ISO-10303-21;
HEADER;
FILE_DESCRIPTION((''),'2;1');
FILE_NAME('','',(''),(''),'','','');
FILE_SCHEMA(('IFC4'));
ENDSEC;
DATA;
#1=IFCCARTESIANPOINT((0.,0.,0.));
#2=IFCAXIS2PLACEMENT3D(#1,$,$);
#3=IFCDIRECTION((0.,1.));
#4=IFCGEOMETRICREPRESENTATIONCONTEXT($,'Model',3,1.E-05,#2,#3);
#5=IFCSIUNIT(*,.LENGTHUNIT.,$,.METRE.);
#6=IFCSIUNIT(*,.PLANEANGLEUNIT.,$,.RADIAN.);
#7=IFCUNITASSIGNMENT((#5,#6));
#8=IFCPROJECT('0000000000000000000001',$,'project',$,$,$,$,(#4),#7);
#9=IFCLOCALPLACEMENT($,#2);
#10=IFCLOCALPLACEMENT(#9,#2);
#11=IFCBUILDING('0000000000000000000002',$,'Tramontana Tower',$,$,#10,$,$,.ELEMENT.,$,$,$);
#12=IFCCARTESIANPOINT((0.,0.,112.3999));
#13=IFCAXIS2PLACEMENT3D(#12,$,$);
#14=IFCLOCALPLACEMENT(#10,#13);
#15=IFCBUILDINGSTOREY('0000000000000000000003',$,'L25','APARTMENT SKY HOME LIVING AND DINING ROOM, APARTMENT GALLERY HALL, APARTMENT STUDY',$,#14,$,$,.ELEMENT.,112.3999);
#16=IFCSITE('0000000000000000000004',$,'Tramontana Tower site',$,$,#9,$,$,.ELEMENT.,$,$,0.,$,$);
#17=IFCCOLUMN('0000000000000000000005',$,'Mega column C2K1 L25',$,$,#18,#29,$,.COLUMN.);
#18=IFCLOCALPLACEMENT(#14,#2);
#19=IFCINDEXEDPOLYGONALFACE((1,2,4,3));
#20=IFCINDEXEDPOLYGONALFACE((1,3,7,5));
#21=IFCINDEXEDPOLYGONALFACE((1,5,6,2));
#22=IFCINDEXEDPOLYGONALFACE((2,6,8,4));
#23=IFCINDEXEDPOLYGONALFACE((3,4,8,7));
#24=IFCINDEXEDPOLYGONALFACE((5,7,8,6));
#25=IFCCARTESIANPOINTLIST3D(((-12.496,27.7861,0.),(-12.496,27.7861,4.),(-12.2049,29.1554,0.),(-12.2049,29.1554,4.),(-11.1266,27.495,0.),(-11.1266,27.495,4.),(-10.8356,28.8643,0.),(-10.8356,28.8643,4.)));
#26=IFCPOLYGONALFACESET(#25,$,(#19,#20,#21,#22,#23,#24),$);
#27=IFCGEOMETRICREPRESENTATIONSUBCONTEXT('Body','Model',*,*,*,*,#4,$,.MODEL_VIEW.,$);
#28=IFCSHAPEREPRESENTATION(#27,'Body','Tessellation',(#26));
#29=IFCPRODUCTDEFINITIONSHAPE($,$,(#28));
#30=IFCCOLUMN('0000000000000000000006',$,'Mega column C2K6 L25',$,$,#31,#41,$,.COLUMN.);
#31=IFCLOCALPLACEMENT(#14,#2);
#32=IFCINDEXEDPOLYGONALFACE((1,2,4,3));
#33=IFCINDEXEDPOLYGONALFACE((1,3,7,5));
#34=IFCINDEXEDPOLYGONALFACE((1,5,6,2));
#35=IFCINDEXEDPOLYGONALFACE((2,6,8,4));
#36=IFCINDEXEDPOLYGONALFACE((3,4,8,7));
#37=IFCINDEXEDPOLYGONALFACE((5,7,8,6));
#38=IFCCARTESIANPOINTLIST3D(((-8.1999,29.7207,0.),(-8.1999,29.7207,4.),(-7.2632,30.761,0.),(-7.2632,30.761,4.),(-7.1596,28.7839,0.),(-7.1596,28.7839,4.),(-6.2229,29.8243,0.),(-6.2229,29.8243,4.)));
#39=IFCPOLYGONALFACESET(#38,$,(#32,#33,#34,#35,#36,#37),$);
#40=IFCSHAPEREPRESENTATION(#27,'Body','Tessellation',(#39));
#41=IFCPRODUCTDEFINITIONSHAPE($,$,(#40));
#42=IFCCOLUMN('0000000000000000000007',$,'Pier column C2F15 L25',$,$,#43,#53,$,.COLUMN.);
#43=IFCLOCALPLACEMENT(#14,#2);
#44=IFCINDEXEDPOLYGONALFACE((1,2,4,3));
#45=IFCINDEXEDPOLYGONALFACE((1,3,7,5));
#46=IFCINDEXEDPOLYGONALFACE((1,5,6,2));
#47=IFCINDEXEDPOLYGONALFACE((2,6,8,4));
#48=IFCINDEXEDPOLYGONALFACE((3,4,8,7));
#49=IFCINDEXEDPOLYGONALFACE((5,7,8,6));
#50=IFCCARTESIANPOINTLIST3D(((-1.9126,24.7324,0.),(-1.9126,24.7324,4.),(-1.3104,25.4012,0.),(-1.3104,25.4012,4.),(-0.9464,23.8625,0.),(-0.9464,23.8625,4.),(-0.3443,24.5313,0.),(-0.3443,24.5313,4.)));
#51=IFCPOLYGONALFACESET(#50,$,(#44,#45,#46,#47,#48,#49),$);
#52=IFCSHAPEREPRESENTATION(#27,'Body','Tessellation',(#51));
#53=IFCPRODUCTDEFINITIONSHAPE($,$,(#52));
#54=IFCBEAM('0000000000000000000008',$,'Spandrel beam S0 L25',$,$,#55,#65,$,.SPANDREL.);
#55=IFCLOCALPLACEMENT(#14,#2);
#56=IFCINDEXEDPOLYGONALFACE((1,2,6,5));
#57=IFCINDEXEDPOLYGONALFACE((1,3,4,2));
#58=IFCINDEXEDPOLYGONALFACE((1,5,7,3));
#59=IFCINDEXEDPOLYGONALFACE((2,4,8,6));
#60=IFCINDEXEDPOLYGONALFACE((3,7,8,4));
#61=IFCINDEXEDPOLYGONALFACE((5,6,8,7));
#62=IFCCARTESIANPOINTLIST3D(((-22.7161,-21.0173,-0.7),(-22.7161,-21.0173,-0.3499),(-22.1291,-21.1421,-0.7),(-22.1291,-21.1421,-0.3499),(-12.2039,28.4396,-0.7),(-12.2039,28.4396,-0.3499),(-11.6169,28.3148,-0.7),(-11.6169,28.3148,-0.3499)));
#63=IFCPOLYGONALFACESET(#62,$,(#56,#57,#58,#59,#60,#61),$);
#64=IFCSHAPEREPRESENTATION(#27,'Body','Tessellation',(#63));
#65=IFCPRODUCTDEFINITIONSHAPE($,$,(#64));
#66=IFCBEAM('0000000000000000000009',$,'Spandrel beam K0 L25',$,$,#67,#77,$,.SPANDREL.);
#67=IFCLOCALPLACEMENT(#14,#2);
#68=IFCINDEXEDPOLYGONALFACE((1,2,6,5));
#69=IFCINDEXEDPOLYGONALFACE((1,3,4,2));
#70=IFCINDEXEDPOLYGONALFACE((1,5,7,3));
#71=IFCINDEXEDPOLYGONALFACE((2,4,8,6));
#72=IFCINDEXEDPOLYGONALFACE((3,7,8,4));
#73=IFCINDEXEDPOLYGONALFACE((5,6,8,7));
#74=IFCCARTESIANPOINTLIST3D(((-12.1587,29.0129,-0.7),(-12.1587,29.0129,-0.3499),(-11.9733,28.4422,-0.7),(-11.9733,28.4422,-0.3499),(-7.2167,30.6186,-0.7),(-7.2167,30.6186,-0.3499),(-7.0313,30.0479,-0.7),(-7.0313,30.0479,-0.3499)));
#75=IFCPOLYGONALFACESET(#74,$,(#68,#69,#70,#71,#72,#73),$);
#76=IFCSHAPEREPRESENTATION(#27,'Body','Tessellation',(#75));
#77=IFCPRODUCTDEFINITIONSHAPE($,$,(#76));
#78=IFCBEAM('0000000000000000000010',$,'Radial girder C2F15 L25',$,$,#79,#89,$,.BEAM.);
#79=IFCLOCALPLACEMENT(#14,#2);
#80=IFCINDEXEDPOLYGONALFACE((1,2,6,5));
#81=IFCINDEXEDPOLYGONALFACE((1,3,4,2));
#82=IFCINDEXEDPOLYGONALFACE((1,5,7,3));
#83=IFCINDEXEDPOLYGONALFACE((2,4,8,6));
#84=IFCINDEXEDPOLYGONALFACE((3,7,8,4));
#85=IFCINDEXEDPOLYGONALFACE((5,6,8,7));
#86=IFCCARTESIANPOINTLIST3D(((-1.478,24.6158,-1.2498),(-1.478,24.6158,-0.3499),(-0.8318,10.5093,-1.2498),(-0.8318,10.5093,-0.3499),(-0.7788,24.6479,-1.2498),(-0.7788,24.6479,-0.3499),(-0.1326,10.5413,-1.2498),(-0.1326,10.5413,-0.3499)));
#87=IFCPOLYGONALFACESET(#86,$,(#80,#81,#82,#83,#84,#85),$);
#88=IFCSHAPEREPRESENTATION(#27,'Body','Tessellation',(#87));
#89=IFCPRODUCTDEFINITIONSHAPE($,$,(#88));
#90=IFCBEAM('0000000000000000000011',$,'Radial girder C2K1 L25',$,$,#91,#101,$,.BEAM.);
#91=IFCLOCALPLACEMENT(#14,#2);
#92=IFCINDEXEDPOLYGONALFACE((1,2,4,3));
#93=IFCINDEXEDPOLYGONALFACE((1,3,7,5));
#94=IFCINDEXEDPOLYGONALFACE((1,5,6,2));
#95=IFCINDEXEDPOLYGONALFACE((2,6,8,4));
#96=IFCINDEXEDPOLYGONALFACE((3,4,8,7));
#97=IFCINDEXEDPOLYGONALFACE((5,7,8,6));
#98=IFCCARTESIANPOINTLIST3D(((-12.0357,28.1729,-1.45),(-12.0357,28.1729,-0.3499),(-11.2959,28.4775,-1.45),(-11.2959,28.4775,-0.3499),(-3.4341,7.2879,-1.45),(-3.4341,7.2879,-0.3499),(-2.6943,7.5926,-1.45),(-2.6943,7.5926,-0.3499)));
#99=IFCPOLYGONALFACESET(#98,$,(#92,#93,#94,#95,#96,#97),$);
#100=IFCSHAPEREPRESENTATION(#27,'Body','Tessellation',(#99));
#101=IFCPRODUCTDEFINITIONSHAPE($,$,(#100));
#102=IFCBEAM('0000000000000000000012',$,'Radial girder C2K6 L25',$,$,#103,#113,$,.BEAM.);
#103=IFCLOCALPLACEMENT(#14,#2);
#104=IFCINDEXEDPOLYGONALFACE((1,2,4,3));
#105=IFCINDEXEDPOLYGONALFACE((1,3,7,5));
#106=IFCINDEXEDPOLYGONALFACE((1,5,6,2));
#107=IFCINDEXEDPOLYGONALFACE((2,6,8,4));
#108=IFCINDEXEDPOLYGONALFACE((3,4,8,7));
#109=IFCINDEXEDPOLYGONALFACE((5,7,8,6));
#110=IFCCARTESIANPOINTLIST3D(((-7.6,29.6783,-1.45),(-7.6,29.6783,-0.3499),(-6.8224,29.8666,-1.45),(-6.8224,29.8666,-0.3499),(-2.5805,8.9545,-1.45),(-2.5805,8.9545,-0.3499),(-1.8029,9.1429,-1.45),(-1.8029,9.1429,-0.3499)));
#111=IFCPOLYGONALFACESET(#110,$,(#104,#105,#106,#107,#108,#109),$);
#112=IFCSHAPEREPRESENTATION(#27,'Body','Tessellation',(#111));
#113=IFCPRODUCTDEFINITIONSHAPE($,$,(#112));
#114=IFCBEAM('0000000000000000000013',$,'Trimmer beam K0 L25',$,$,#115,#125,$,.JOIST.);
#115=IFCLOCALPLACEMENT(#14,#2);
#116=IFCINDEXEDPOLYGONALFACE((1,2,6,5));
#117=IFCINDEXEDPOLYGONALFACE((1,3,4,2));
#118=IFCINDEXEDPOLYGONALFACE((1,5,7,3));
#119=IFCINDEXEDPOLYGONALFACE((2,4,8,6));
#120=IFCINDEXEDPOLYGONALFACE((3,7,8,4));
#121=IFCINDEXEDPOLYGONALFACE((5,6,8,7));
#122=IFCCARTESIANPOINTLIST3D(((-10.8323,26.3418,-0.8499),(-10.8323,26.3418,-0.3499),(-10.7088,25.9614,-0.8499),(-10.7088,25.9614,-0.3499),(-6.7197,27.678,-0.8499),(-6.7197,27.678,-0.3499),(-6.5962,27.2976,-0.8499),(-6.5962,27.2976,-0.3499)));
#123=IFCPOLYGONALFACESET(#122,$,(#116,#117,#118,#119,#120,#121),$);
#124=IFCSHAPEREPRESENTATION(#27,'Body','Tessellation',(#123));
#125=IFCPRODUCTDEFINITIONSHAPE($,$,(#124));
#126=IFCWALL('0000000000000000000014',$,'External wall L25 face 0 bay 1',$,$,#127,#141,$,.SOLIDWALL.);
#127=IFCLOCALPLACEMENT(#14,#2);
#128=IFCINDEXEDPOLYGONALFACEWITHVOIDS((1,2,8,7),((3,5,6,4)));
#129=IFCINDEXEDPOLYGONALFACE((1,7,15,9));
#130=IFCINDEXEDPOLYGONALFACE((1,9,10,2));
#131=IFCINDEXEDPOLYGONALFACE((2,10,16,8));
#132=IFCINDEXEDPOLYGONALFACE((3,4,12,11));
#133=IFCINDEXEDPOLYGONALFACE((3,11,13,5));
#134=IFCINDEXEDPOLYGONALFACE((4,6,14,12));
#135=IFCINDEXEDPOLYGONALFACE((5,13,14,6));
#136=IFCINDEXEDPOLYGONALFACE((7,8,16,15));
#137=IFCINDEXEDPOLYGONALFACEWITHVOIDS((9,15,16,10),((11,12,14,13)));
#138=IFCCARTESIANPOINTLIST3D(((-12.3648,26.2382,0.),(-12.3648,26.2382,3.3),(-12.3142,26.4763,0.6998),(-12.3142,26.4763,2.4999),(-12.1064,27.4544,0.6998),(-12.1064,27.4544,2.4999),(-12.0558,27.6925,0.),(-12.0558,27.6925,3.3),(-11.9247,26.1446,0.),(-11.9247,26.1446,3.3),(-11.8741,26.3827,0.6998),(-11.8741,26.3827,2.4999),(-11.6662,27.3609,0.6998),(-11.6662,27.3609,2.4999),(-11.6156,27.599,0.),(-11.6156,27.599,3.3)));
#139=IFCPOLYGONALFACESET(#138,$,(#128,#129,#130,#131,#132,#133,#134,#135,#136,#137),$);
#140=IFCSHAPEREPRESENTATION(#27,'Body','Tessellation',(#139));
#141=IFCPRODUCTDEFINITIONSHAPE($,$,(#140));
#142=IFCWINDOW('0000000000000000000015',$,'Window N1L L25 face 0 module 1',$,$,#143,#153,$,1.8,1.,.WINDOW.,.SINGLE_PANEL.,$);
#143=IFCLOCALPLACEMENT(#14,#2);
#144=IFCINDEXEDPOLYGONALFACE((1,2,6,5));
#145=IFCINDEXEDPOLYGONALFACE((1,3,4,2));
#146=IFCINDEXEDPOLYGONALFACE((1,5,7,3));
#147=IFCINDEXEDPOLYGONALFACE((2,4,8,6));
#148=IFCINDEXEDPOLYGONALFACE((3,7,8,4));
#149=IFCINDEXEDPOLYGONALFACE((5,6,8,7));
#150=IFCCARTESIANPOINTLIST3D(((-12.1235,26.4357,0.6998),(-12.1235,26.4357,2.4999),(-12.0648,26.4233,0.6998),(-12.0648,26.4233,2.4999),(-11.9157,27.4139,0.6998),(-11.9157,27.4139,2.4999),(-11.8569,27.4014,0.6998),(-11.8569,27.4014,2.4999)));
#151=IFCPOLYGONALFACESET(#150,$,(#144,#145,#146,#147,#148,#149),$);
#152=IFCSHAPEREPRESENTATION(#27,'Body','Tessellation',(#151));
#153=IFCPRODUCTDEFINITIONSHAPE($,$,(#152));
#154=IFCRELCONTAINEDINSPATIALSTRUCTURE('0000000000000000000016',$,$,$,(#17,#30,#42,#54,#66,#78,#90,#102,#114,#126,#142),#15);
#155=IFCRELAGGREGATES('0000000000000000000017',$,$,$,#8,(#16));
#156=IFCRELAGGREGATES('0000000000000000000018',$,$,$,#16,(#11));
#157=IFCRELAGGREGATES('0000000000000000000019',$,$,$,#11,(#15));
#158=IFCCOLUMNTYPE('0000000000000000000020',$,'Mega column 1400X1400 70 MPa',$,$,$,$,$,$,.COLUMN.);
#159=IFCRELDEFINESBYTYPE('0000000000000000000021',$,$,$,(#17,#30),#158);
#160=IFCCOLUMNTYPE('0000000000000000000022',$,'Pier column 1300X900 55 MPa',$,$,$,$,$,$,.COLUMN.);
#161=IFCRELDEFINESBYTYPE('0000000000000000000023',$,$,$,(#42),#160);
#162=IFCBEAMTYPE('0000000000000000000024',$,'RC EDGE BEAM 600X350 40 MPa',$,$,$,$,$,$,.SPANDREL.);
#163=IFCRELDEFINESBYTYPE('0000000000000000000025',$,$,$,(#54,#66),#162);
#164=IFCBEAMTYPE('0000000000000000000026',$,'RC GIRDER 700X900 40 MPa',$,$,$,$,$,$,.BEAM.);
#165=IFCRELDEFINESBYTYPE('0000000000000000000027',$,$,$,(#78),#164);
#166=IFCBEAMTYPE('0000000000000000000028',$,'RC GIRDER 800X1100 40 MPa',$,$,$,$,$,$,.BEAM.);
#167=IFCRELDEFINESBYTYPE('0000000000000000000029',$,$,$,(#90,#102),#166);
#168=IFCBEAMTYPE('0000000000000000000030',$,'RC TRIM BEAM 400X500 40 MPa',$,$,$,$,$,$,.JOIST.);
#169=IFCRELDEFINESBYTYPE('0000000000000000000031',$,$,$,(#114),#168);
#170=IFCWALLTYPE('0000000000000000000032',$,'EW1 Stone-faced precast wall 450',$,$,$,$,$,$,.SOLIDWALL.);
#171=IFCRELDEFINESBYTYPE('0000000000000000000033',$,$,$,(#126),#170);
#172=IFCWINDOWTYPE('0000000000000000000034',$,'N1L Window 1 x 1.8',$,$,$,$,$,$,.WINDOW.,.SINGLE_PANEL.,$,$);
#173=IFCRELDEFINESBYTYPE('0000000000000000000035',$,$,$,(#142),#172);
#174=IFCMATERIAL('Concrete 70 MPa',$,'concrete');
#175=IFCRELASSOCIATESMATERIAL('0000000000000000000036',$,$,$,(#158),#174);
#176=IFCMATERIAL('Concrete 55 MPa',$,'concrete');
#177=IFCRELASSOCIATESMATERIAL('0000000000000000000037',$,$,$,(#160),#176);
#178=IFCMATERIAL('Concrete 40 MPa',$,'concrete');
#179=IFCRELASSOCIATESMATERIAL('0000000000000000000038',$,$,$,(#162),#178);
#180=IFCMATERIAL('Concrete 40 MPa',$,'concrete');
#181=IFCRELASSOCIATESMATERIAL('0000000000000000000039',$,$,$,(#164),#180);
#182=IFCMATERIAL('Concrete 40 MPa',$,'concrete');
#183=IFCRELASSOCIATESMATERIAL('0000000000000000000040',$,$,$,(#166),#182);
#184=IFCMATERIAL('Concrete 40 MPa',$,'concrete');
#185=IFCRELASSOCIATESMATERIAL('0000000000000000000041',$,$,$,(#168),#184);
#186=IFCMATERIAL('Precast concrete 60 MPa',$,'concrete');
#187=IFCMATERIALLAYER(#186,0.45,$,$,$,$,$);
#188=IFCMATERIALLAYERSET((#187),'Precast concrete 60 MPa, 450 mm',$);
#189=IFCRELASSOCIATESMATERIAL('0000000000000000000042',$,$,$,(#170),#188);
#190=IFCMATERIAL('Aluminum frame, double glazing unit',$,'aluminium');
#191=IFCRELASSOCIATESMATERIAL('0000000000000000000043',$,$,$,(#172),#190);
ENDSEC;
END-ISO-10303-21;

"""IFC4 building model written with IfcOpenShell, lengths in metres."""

from ifc_helpers import new_model, si_unit, direction, frame, frame_2d, origin, origin_2d, place, context, subcontext, project, spatial, rectangle, extrude, material, layer, layer_set, material_profile, profile_set, type_object, element, fill, save


model = new_model("IFC4")

# Units and contexts
model_context = context("Model", 3, precision=1e-05, world=origin(), true_north=direction((0.0, 1.0)))
body_context = subcontext(model_context, "Body", "Model", "MODEL_VIEW")
ifc_project = project(units=[si_unit("LENGTHUNIT", "METRE"), si_unit("PLANEANGLEUNIT", "RADIAN")], contexts=[model_context])

# Site, building, storey
site_placement = place(None, origin())
site = spatial("IfcSite", under=ifc_project, at=site_placement, Name="Tramontana Tower site", CompositionType="ELEMENT", RefElevation=0.0)
building_placement = place(site_placement, origin())
building = spatial("IfcBuilding", under=site, at=building_placement, Name="Tramontana Tower", CompositionType="ELEMENT")
storey_placement = place(building_placement, frame((0.0, 0.0, 112.3999)))
storey = spatial("IfcBuildingStorey", under=building, at=storey_placement, Name="L25", Description="APARTMENT SKY HOME LIVING AND DINING ROOM, APARTMENT GALLERY HALL, APARTMENT STUDY", CompositionType="ELEMENT", Elevation=112.3999)

# Columns
ifc_material_1 = material(Name="Concrete 70 MPa", Category="concrete")
ifc_material_profile_1 = material_profile(ifc_material_1, rectangle(XDim=1.3999, YDim=1.3999, at=origin_2d()), Name="Mega column 1400X1400 70 MPa")
ifc_profile_set_1 = profile_set([ifc_material_profile_1], Name="Concrete 70 MPa")
column_type_1 = type_object("IfcColumnType", Name="Mega column 1400X1400 70 MPa", PredefinedType="COLUMN", material=ifc_profile_set_1)
for number, where, z_axis, x_axis, name in (
    (1, (-11.6658, 28.3252, 0.0), (0.0, 0.0, 1.0), (-0.207912, -0.978148, 0.0), "Mega column C2K1 L25"),
    (2, (-7.2114, 29.7725, 0.0), (0.0, 0.0, 1.0), (-0.743145, 0.669131, 0.0), "Mega column C2K6 L25"),
):
    element("IfcColumn", number, at=place(storey_placement, frame(where, z_axis=z_axis, x_axis=x_axis)), inside=storey, type_object=column_type_1, Name=name, PredefinedType="COLUMN", context=body_context, shape_type="SweptSolid", body=[
        extrude(rectangle(XDim=1.3999, YDim=1.3999, at=origin_2d()), origin(), (0.0, 0.0, 1.0), 4.0),
    ])
ifc_material_2 = material(Name="Concrete 55 MPa", Category="concrete")
ifc_material_profile_2 = material_profile(ifc_material_2, rectangle(XDim=1.3, YDim=0.8999, at=origin_2d()), Name="Pier column 1300X900 55 MPa")
ifc_profile_set_2 = profile_set([ifc_material_profile_2], Name="Concrete 55 MPa")
column_type_2 = type_object("IfcColumnType", Name="Pier column 1300X900 55 MPa", PredefinedType="COLUMN", material=ifc_profile_set_2)
column_placement = place(storey_placement, frame((-1.1284, 24.6318, 0.0), z_axis=(0.0, 0.0, 1.0), x_axis=(-0.743145, 0.669131, 0.0)))
element("IfcColumn", 3, at=column_placement, inside=storey, type_object=column_type_2, Name="Pier column C2F15 L25", PredefinedType="COLUMN", context=body_context, shape_type="SweptSolid", body=[
    extrude(rectangle(XDim=1.3, YDim=0.8999, at=origin_2d()), origin(), (0.0, 0.0, 1.0), 4.0),
])

# Beams
ifc_material_3 = material(Name="Concrete 40 MPa", Category="concrete")
ifc_material_profile_3 = material_profile(ifc_material_3, rectangle(XDim=0.6001, YDim=0.3501, at=origin_2d()), Name="RC EDGE BEAM 600X350 40 MPa")
ifc_profile_set_3 = profile_set([ifc_material_profile_3], Name="Concrete 40 MPa")
beam_type_1 = type_object("IfcBeamType", Name="RC EDGE BEAM 600X350 40 MPa", PredefinedType="SPANDREL", material=ifc_profile_set_3)
beam_1_placement = place(storey_placement, frame((-11.9104, 28.3772, -0.5249), z_axis=(-0.207909, -0.978148, 0.0), x_axis=(0.978148, -0.207909, 0.0)))
element("IfcBeam", 4, at=beam_1_placement, inside=storey, type_object=beam_type_1, Name="Spandrel beam S0 L25", PredefinedType="SPANDREL", context=body_context, shape_type="SweptSolid", body=[
    extrude(rectangle(XDim=0.6001, YDim=0.3501, at=origin_2d()), origin(), (0.0, 0.0, 1.0), 50.5618),
])
beam_2_placement = place(storey_placement, frame((-7.124, 30.3333, -0.5249), z_axis=(-0.951057, -0.309016, 0.0), x_axis=(0.309016, -0.951057, 0.0)))
element("IfcBeam", 5, at=beam_2_placement, inside=storey, type_object=beam_type_1, Name="Spandrel beam K0 L25", PredefinedType="SPANDREL", context=body_context, shape_type="SweptSolid", body=[
    extrude(rectangle(XDim=0.6001, YDim=0.3501, at=origin_2d()), origin(), (0.0, 0.0, 1.0), 5.1963),
])
ifc_material_4 = material(Name="Concrete 40 MPa", Category="concrete")
ifc_material_profile_4 = material_profile(ifc_material_4, rectangle(XDim=0.7, YDim=0.8999, at=origin_2d()), Name="RC GIRDER 700X900 40 MPa")
ifc_profile_set_4 = profile_set([ifc_material_profile_4], Name="Concrete 40 MPa")
beam_type_2 = type_object("IfcBeamType", Name="RC GIRDER 700X900 40 MPa", PredefinedType="BEAM", material=ifc_profile_set_4)
beam_3_placement = place(storey_placement, frame((-1.1284, 24.6318, -0.7998), z_axis=(0.045764, -0.998952, 0.0), x_axis=(0.998952, 0.045764, 0.0)))
element("IfcBeam", 6, at=beam_3_placement, inside=storey, type_object=beam_type_2, Name="Radial girder C2F15 L25", PredefinedType="BEAM", context=body_context, shape_type="SweptSolid", body=[
    extrude(rectangle(XDim=0.7, YDim=0.8999, at=origin_2d()), origin(), (0.0, 0.0, 1.0), 14.1213),
])
ifc_material_5 = material(Name="Concrete 40 MPa", Category="concrete")
ifc_material_profile_5 = material_profile(ifc_material_5, rectangle(XDim=0.8, YDim=1.1001, at=origin_2d()), Name="RC GIRDER 800X1100 40 MPa")
ifc_profile_set_5 = profile_set([ifc_material_profile_5], Name="Concrete 40 MPa")
beam_type_3 = type_object("IfcBeamType", Name="RC GIRDER 800X1100 40 MPa", PredefinedType="BEAM", material=ifc_profile_set_5)
beam_4_placement = place(storey_placement, frame((-11.6658, 28.3252, -0.8999), z_axis=(0.38082, -0.924649, 0.0), x_axis=(0.924649, 0.38082, 0.0)))
element("IfcBeam", 7, at=beam_4_placement, inside=storey, type_object=beam_type_3, Name="Radial girder C2K1 L25", PredefinedType="BEAM", context=body_context, shape_type="SweptSolid", body=[
    extrude(rectangle(XDim=0.8, YDim=1.1001, at=origin_2d()), origin(), (0.0, 0.0, 1.0), 22.5869),
])
beam_5_placement = place(storey_placement, frame((-7.2112, 29.7725, -0.8999), z_axis=(0.235403, -0.971898, 0.0), x_axis=(0.971898, 0.235403, 0.0)))
element("IfcBeam", 8, at=beam_5_placement, inside=storey, type_object=beam_type_3, Name="Radial girder C2K6 L25", PredefinedType="BEAM", context=body_context, shape_type="SweptSolid", body=[
    extrude(rectangle(XDim=0.8, YDim=1.1001, at=origin_2d()), origin(), (0.0, 0.0, 1.0), 21.323),
])
ifc_material_6 = material(Name="Concrete 40 MPa", Category="concrete")
ifc_material_profile_6 = material_profile(ifc_material_6, rectangle(XDim=0.3999, YDim=0.5, at=origin_2d()), Name="RC TRIM BEAM 400X500 40 MPa")
ifc_profile_set_6 = profile_set([ifc_material_profile_6], Name="Concrete 40 MPa")
beam_type_4 = type_object("IfcBeamType", Name="RC TRIM BEAM 400X500 40 MPa", PredefinedType="JOIST", material=ifc_profile_set_6)
beam_6_placement = place(storey_placement, frame((-6.658, 27.4878, -0.5999), z_axis=(-0.951061, -0.309003, 0.0), x_axis=(0.309003, -0.951061, 0.0)))
element("IfcBeam", 9, at=beam_6_placement, inside=storey, type_object=beam_type_4, Name="Trimmer beam K0 L25", PredefinedType="JOIST", context=body_context, shape_type="SweptSolid", body=[
    extrude(rectangle(XDim=0.3999, YDim=0.5, at=origin_2d()), origin(), (0.0, 0.0, 1.0), 4.3242),
])

# Wall, opening, window
ifc_material_7 = material(Name="Precast concrete 60 MPa", Category="concrete")
ifc_layer_1 = layer(ifc_material_7, 0.45)
ifc_layer_set_1 = layer_set([ifc_layer_1], Name="Precast concrete 60 MPa, 450 mm")
wall_type_1 = type_object("IfcWallType", Name="EW1 Stone-faced precast wall 450", PredefinedType="SOLIDWALL", material=ifc_layer_set_1)
wall_1_placement = place(storey_placement, frame((-11.8357, 27.6458, 0.0), z_axis=(0.0, 0.0, 1.0), x_axis=(-0.20788, -0.978154, 0.0)))
wall_1 = element("IfcWall", 10, at=wall_1_placement, inside=storey, type_object=wall_type_1, Name="External wall L25 face 0 bay 1", PredefinedType="SOLIDWALL", context=body_context, shape_type="SweptSolid", body=[
    extrude(rectangle(XDim=1.4868, YDim=0.45, at=frame_2d((0.7434, 0.0))), origin(), (0.0, 0.0, 1.0), 3.3),
])
opening_1_placement = place(wall_1_placement, frame((0.2434, 0.0, 0.7)))
opening_1 = element("IfcOpeningElement", 11, at=opening_1_placement, cuts=wall_1, PredefinedType="OPENING", context=body_context, shape_type="SweptSolid", body=[
    extrude(rectangle(XDim=1.0, YDim=1.8, at=frame_2d((0.5, 0.8999))), frame((0.0, 0.2349, 0.0), z_axis=(0.0, -1.0, 0.0), x_axis=(1.0, 0.0, 0.0)), (0.0, 0.0, 1.0), 0.47),
])
ifc_material_8 = material(Name="Aluminum frame, double glazing unit", Category="aluminium")
window_type_1 = type_object("IfcWindowType", Name="N1L Window 1 x 1.8", PartitioningType="SINGLE_PANEL", PredefinedType="WINDOW", material=ifc_material_8)
window_1_placement = place(opening_1_placement, origin())
window_1 = element("IfcWindow", 12, at=window_1_placement, inside=storey, type_object=window_type_1, Name="Window N1L L25 face 0 module 1", OverallHeight=1.8, OverallWidth=1.0, PartitioningType="SINGLE_PANEL", PredefinedType="WINDOW", context=body_context, shape_type="SweptSolid", body=[
    extrude(rectangle(XDim=1.0, YDim=1.8, at=frame_2d((0.5, 0.8999))), frame((0.0, 0.03, 0.0), z_axis=(0.0, -1.0, 0.0), x_axis=(1.0, 0.0, 0.0)), (0.0, 0.0, 1.0), 0.0601),
])
fill(opening_1, window_1)

save(model, "model.ifc")
